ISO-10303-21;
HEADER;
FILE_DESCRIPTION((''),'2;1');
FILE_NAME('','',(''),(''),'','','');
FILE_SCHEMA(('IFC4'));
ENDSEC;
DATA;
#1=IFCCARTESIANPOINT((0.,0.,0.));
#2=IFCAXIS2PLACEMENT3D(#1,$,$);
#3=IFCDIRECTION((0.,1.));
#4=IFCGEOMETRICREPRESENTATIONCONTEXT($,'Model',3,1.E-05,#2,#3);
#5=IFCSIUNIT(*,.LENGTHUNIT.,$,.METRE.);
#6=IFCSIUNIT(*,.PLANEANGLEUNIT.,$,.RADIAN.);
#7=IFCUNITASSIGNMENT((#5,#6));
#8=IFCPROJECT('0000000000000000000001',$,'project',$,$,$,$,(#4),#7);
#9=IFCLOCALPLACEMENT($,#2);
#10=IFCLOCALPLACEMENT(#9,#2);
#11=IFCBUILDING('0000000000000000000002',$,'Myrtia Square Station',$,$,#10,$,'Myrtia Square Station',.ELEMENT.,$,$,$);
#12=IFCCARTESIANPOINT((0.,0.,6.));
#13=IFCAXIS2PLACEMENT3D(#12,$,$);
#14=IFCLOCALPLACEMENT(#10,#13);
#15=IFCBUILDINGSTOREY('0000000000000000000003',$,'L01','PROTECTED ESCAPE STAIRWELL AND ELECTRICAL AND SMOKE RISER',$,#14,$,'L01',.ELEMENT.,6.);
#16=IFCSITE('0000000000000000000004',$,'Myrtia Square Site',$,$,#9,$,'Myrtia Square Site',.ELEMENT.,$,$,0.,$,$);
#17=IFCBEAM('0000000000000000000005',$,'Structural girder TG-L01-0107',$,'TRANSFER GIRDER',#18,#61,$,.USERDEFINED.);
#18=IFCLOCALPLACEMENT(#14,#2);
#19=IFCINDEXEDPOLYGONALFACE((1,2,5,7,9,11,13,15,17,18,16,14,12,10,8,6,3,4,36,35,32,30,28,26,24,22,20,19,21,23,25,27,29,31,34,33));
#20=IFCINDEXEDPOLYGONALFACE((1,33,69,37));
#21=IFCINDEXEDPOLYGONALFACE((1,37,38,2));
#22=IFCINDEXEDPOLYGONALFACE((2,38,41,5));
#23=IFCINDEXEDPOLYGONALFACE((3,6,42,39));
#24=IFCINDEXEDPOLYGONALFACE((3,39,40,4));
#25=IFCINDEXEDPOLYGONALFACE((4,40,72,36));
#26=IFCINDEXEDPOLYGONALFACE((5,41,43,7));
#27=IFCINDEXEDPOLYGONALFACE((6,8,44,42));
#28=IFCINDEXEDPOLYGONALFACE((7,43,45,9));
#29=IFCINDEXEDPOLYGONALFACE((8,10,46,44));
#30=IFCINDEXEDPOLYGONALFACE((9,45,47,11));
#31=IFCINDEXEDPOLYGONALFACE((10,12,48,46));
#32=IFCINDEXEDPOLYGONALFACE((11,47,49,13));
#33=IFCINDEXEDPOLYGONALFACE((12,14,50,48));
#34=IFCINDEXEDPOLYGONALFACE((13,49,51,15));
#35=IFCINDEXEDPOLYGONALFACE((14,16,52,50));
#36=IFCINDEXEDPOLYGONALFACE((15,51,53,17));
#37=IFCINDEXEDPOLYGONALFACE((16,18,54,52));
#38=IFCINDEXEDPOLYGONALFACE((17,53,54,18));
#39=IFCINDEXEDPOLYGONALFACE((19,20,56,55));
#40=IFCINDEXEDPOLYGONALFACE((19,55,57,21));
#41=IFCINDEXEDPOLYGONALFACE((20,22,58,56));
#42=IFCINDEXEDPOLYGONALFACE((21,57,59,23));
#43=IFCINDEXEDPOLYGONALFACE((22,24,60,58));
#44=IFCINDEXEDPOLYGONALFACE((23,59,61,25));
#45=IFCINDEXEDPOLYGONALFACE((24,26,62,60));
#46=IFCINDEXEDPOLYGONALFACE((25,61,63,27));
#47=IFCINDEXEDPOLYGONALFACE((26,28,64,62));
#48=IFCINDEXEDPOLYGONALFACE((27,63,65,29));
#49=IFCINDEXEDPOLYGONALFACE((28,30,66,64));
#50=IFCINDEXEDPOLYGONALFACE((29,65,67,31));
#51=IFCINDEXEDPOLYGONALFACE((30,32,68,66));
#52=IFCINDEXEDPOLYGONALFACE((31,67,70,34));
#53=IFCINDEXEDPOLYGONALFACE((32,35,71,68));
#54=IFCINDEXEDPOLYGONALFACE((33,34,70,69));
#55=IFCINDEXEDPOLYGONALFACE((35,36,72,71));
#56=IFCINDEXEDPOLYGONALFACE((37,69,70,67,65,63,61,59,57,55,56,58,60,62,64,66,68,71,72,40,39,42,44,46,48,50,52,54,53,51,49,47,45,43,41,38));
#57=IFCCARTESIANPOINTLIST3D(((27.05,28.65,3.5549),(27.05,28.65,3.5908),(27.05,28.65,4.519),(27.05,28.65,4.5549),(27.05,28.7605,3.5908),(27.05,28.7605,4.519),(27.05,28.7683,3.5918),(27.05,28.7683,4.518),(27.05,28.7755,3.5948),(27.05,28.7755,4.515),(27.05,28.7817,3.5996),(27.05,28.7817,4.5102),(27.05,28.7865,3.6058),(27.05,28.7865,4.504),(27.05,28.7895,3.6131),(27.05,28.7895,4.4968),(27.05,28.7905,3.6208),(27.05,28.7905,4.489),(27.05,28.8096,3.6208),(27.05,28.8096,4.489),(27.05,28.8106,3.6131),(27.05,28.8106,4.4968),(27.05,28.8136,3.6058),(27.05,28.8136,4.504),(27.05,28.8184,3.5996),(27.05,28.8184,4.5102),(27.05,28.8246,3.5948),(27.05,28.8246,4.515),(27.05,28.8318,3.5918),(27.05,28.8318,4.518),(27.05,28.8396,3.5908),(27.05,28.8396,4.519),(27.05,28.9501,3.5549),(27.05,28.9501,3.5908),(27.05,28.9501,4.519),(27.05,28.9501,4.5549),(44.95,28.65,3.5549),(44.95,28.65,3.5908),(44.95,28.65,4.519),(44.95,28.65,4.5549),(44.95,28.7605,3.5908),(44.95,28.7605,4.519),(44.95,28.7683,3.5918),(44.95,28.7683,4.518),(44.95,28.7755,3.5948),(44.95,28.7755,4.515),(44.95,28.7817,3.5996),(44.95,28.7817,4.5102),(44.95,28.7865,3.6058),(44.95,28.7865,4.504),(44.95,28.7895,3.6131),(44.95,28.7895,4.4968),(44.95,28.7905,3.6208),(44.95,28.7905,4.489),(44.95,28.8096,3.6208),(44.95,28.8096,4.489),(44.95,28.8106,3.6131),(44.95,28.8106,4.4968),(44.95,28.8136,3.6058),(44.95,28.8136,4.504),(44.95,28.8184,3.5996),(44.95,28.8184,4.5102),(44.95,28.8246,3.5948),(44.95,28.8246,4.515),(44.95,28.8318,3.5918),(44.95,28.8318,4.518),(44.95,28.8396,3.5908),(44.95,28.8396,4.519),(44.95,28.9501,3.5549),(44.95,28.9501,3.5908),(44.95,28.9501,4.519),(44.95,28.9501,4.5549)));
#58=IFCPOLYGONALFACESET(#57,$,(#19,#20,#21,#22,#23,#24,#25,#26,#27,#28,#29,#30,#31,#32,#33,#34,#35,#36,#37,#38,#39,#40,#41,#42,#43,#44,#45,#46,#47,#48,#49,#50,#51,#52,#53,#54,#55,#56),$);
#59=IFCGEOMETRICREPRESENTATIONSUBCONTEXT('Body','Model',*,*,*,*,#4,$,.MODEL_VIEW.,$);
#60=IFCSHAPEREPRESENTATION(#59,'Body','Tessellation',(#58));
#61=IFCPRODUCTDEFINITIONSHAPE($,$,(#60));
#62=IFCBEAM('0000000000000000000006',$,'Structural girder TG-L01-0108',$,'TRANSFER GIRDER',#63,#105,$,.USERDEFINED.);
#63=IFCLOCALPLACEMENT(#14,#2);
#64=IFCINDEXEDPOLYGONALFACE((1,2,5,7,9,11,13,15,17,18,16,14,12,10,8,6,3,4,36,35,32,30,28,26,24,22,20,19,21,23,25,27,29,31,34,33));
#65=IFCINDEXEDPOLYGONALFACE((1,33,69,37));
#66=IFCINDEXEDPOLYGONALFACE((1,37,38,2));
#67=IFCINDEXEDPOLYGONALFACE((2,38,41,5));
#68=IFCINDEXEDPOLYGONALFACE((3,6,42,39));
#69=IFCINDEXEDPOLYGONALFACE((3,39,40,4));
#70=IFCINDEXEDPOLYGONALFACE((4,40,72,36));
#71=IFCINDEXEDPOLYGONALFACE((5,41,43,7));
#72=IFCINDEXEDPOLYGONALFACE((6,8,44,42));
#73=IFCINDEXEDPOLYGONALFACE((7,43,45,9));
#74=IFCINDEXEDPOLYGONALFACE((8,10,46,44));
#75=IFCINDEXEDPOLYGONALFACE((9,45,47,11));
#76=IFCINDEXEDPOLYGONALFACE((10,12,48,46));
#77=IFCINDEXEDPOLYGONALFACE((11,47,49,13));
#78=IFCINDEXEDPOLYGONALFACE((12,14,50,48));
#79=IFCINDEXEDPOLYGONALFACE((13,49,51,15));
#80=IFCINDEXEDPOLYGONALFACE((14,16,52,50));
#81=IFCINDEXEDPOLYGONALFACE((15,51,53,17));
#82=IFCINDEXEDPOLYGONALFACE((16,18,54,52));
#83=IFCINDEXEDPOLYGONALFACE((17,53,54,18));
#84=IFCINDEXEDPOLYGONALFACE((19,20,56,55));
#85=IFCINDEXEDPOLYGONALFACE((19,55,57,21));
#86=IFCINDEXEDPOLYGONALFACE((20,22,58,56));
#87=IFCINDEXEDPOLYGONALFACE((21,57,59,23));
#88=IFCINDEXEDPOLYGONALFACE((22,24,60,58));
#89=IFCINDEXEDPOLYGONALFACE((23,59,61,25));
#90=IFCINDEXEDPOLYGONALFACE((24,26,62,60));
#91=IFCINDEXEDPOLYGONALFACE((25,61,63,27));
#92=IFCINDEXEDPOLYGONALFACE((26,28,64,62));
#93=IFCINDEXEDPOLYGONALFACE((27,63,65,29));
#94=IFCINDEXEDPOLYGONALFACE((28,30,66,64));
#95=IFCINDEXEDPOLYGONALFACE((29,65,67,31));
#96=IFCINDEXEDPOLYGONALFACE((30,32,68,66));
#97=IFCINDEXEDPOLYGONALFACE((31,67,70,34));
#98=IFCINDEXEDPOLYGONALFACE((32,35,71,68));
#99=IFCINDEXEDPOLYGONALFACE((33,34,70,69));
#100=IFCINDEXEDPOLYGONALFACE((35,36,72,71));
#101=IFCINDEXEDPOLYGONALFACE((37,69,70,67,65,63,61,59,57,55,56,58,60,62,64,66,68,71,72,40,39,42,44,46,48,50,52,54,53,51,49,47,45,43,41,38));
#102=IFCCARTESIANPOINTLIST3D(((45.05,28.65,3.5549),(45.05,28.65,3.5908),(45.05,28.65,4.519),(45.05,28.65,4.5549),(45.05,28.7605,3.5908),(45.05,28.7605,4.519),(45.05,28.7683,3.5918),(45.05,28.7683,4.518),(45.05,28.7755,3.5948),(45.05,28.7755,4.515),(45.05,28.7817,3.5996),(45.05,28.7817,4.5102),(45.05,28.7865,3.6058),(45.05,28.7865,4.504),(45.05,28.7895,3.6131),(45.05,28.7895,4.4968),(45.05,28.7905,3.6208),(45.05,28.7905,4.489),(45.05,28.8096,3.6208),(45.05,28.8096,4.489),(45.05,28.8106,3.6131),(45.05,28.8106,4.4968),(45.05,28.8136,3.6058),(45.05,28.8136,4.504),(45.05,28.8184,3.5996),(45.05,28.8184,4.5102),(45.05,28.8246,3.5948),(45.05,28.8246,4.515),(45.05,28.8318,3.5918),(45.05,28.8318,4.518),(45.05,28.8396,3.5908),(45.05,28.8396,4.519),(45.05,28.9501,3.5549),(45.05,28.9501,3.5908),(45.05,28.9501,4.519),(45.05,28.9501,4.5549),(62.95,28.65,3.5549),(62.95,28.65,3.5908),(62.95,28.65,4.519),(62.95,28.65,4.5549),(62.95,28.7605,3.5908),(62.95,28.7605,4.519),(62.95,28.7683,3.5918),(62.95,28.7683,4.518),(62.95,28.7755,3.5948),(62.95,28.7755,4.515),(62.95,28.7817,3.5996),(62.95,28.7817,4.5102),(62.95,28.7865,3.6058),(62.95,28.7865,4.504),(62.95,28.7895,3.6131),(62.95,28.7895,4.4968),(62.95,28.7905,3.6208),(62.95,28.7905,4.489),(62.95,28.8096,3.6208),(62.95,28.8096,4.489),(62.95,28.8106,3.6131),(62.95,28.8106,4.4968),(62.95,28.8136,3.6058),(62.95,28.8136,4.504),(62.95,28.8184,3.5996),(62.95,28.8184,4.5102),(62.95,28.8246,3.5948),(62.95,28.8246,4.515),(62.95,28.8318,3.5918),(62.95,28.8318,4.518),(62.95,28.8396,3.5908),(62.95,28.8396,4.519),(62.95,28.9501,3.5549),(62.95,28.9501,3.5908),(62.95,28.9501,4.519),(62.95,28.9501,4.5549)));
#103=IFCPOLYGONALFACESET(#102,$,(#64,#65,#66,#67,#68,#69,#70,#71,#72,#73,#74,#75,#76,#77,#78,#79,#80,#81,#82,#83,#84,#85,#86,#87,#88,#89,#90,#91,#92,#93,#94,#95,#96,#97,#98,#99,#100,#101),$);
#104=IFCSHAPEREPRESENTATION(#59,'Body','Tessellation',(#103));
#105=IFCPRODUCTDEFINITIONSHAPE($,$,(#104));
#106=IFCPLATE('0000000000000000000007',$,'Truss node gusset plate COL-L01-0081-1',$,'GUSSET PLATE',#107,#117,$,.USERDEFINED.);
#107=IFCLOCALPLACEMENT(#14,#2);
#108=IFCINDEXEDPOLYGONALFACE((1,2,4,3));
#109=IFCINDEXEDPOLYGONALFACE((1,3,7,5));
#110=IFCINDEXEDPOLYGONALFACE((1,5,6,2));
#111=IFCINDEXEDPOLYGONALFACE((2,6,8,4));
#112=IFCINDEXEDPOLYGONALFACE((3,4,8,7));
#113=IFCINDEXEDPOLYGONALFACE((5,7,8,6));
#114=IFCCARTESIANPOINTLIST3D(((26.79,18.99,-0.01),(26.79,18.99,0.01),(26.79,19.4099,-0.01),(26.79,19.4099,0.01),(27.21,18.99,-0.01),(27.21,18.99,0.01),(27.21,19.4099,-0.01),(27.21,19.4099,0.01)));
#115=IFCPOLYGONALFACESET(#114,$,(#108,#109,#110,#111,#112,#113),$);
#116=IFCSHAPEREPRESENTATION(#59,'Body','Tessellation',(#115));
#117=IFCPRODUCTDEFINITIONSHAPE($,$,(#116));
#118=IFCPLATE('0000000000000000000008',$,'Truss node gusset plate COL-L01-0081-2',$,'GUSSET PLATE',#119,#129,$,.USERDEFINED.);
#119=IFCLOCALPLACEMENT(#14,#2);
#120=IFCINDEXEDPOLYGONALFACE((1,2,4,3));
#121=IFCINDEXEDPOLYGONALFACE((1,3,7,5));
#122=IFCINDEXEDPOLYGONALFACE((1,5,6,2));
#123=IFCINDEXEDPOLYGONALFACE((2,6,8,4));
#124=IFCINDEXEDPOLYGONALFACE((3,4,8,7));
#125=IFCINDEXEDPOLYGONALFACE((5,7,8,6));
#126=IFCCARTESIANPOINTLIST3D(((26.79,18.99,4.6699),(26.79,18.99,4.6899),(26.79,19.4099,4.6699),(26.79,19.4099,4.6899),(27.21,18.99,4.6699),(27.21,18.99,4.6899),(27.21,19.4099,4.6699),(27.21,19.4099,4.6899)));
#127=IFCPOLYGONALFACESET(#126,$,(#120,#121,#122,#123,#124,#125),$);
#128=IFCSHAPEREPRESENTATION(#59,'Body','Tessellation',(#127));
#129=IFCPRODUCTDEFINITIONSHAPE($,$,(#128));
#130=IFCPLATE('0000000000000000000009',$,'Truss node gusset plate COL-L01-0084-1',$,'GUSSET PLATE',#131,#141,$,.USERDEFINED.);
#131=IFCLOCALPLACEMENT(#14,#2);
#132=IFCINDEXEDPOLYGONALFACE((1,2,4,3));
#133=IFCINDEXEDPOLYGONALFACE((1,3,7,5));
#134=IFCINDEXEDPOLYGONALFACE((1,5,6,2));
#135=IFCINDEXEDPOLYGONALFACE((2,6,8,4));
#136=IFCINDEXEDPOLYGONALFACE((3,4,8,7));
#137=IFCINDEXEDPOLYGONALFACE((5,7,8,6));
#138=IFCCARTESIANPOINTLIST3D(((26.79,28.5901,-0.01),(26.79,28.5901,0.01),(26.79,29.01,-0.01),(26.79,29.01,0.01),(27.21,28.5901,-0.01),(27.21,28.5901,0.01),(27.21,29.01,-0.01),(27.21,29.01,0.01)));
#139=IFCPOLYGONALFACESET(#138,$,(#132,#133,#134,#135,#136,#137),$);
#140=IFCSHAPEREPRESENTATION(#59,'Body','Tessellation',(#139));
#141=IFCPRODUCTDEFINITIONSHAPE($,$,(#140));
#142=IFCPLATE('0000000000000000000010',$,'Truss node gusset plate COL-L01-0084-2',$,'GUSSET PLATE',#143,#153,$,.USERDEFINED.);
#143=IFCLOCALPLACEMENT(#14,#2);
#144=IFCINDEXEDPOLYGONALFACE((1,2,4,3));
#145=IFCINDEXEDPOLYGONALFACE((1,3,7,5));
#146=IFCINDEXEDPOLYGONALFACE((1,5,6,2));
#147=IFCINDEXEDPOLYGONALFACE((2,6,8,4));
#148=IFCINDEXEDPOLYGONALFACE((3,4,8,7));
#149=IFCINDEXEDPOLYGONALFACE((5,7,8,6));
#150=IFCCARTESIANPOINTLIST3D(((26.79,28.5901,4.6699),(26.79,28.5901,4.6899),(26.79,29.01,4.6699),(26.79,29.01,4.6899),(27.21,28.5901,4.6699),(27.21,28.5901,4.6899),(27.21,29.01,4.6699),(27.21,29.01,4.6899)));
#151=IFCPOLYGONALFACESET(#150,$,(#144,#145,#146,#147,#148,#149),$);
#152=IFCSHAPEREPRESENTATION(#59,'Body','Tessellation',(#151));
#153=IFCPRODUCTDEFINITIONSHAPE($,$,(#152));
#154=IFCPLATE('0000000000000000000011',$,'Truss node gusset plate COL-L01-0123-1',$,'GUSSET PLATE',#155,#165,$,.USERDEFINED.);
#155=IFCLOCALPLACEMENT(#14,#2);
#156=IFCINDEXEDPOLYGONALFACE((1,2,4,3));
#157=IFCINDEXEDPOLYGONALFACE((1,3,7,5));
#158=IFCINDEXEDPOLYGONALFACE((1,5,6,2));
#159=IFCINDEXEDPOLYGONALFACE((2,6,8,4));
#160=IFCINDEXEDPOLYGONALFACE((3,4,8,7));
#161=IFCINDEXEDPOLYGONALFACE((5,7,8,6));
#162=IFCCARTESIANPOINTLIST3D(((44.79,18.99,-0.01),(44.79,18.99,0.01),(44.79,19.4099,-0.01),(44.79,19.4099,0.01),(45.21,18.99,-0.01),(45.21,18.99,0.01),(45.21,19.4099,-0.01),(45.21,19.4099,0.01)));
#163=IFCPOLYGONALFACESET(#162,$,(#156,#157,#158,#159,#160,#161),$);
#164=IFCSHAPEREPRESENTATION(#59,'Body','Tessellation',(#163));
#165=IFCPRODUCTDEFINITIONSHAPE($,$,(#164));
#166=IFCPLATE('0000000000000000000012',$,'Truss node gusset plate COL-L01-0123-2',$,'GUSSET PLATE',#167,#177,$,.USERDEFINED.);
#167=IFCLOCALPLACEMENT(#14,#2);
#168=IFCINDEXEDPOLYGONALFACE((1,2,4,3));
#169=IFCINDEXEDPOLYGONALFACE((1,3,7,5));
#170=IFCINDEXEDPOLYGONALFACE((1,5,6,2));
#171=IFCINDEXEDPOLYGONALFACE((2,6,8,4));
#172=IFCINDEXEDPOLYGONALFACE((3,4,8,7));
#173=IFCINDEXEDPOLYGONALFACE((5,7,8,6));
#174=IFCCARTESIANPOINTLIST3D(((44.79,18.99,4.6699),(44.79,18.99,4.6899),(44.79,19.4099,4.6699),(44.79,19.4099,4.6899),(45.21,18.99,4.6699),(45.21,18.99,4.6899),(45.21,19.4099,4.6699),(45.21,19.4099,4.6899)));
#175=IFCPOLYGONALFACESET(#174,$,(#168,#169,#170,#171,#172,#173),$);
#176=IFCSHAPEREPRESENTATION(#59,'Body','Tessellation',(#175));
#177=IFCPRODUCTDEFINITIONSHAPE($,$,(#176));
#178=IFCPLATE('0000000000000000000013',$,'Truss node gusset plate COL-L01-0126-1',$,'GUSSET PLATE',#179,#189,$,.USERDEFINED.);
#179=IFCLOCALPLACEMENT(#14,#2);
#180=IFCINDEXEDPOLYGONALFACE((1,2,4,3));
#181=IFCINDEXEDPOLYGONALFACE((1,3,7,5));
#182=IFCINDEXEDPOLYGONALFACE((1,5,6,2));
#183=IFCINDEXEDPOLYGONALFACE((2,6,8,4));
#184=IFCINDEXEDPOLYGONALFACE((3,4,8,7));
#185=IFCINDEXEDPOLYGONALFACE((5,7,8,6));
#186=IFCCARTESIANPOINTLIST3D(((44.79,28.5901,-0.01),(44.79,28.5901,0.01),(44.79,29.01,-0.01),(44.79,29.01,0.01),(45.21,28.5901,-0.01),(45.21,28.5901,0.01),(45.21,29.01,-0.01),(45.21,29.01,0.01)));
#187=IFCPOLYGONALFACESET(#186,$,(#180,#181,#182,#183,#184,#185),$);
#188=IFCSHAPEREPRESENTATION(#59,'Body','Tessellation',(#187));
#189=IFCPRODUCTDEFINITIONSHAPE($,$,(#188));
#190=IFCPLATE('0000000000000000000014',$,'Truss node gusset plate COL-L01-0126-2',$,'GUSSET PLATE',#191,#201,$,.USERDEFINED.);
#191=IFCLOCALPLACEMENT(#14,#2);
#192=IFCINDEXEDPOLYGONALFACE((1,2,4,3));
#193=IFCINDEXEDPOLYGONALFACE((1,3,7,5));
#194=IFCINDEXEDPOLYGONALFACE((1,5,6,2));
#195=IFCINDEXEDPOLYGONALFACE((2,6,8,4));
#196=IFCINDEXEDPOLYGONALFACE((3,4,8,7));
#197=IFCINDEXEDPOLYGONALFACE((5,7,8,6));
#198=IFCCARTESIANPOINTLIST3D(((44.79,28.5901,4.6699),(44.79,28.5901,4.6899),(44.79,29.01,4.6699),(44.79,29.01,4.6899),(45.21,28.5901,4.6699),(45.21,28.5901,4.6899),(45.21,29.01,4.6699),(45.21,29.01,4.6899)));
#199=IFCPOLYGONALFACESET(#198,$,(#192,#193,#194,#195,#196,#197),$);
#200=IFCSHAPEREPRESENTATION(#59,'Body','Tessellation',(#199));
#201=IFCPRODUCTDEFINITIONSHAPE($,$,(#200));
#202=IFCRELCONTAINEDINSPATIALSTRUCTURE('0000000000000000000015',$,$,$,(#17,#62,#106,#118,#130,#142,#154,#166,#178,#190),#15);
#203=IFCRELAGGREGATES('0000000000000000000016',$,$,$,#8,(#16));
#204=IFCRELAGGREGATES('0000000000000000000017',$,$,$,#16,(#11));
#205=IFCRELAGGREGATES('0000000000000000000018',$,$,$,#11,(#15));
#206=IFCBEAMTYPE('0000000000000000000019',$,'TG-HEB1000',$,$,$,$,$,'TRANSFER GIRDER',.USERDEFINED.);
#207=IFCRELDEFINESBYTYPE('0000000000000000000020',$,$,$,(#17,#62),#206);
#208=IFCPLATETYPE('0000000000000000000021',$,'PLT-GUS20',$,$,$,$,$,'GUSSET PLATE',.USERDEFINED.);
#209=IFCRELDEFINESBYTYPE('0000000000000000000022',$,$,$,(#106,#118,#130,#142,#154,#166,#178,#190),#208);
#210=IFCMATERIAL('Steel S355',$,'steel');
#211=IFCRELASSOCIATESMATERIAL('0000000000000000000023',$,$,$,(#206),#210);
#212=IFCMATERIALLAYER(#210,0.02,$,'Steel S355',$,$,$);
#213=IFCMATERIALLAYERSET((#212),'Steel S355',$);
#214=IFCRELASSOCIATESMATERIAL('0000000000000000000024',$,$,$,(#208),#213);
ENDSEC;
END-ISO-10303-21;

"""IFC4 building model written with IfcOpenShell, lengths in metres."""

from ifc_helpers import new_model, si_unit, direction, frame, origin, origin_2d, place, context, subcontext, project, spatial, rectangle, i_section, extrude, material, layer, layer_set, material_profile, profile_set, type_object, element, save


model = new_model("IFC4")

# Units and contexts
model_context = context("Model", 3, precision=1e-05, world=origin(), true_north=direction((0.0, 1.0)))
body_context = subcontext(model_context, "Body", "Model", "MODEL_VIEW")
ifc_project = project(units=[si_unit("LENGTHUNIT", "METRE"), si_unit("PLANEANGLEUNIT", "RADIAN")], contexts=[model_context])

# Site, building, storey
site_placement = place(None, origin())
site = spatial("IfcSite", under=ifc_project, at=site_placement, Name="Myrtia Square Site", LongName="Myrtia Square Site", CompositionType="ELEMENT", RefElevation=0.0)
building_placement = place(site_placement, origin())
building = spatial("IfcBuilding", under=site, at=building_placement, Name="Myrtia Square Station", LongName="Myrtia Square Station", CompositionType="ELEMENT")
storey_placement = place(building_placement, frame((0.0, 0.0, 6.0)))
storey = spatial("IfcBuildingStorey", under=building, at=storey_placement, Name="L01", Description="PROTECTED ESCAPE STAIRWELL AND ELECTRICAL AND SMOKE RISER", LongName="L01", CompositionType="ELEMENT", Elevation=6.0)

# Shared definitions
ifc_material = material(Name="Steel S355", Category="steel")

# Beams
ifc_material_profile_1 = material_profile(ifc_material, i_section(OverallWidth=0.3, OverallDepth=1.0, WebThickness=0.019, FlangeThickness=0.0359, FilletRadius=0.03, at=origin_2d()), Name="HEB 1000")
ifc_profile_set_1 = profile_set([ifc_material_profile_1], Name="Steel S355")
beam_type_1 = type_object("IfcBeamType", Name="TG-HEB1000", ElementType="TRANSFER GIRDER", PredefinedType="USERDEFINED", material=ifc_profile_set_1)
for number, where, z_axis, x_axis, name in (
    (1, (27.05, 28.8, 4.0549), (1.0, 0.0, 0.0), (0.0, 1.0, 0.0), "Structural girder TG-L01-0107"),
    (2, (45.05, 28.8, 4.0549), (1.0, 0.0, 0.0), (0.0, 1.0, 0.0), "Structural girder TG-L01-0108"),
):
    element("IfcBeam", number, at=place(storey_placement, frame(where, z_axis=z_axis, x_axis=x_axis)), inside=storey, type_object=beam_type_1, Name=name, ObjectType="TRANSFER GIRDER", PredefinedType="USERDEFINED", context=body_context, shape_type="SweptSolid", body=[
        extrude(i_section(OverallWidth=0.3, OverallDepth=1.0, WebThickness=0.019, FlangeThickness=0.0359, FilletRadius=0.03, at=origin_2d()), origin(), (0.0, 0.0, 1.0), 17.8999),
    ])

# Plates
ifc_layer = layer(ifc_material, 0.02, Name="Steel S355")
ifc_layer_set = layer_set([ifc_layer], Name="Steel S355")
plate_type = type_object("IfcPlateType", Name="PLT-GUS20", ElementType="GUSSET PLATE", PredefinedType="USERDEFINED", material=ifc_layer_set)
for number, where, z_axis, x_axis, name in (
    (3, (27.0, 19.2, -0.01), (0.0, 0.0, 1.0), (1.0, 0.0, 0.0), "Truss node gusset plate COL-L01-0081-1"),
    (4, (27.0, 19.2, 4.6699), (0.0, 0.0, 1.0), (1.0, 0.0, 0.0), "Truss node gusset plate COL-L01-0081-2"),
    (5, (27.0, 28.8, -0.01), (0.0, 0.0, 1.0), (1.0, 0.0, 0.0), "Truss node gusset plate COL-L01-0084-1"),
    (6, (27.0, 28.8, 4.6699), (0.0, 0.0, 1.0), (1.0, 0.0, 0.0), "Truss node gusset plate COL-L01-0084-2"),
    (7, (45.0, 19.2, -0.01), (0.0, 0.0, 1.0), (1.0, 0.0, 0.0), "Truss node gusset plate COL-L01-0123-1"),
    (8, (45.0, 19.2, 4.6699), (0.0, 0.0, 1.0), (1.0, 0.0, 0.0), "Truss node gusset plate COL-L01-0123-2"),
    (9, (45.0, 28.8, -0.01), (0.0, 0.0, 1.0), (1.0, 0.0, 0.0), "Truss node gusset plate COL-L01-0126-1"),
    (10, (45.0, 28.8, 4.6699), (0.0, 0.0, 1.0), (1.0, 0.0, 0.0), "Truss node gusset plate COL-L01-0126-2"),
):
    element("IfcPlate", number, at=place(storey_placement, frame(where, z_axis=z_axis, x_axis=x_axis)), inside=storey, type_object=plate_type, Name=name, ObjectType="GUSSET PLATE", PredefinedType="USERDEFINED", context=body_context, shape_type="SweptSolid", body=[
        extrude(rectangle(XDim=0.4199, YDim=0.4199, at=origin_2d()), origin(), (0.0, 0.0, 1.0), 0.02),
    ])

save(model, "model.ifc")
